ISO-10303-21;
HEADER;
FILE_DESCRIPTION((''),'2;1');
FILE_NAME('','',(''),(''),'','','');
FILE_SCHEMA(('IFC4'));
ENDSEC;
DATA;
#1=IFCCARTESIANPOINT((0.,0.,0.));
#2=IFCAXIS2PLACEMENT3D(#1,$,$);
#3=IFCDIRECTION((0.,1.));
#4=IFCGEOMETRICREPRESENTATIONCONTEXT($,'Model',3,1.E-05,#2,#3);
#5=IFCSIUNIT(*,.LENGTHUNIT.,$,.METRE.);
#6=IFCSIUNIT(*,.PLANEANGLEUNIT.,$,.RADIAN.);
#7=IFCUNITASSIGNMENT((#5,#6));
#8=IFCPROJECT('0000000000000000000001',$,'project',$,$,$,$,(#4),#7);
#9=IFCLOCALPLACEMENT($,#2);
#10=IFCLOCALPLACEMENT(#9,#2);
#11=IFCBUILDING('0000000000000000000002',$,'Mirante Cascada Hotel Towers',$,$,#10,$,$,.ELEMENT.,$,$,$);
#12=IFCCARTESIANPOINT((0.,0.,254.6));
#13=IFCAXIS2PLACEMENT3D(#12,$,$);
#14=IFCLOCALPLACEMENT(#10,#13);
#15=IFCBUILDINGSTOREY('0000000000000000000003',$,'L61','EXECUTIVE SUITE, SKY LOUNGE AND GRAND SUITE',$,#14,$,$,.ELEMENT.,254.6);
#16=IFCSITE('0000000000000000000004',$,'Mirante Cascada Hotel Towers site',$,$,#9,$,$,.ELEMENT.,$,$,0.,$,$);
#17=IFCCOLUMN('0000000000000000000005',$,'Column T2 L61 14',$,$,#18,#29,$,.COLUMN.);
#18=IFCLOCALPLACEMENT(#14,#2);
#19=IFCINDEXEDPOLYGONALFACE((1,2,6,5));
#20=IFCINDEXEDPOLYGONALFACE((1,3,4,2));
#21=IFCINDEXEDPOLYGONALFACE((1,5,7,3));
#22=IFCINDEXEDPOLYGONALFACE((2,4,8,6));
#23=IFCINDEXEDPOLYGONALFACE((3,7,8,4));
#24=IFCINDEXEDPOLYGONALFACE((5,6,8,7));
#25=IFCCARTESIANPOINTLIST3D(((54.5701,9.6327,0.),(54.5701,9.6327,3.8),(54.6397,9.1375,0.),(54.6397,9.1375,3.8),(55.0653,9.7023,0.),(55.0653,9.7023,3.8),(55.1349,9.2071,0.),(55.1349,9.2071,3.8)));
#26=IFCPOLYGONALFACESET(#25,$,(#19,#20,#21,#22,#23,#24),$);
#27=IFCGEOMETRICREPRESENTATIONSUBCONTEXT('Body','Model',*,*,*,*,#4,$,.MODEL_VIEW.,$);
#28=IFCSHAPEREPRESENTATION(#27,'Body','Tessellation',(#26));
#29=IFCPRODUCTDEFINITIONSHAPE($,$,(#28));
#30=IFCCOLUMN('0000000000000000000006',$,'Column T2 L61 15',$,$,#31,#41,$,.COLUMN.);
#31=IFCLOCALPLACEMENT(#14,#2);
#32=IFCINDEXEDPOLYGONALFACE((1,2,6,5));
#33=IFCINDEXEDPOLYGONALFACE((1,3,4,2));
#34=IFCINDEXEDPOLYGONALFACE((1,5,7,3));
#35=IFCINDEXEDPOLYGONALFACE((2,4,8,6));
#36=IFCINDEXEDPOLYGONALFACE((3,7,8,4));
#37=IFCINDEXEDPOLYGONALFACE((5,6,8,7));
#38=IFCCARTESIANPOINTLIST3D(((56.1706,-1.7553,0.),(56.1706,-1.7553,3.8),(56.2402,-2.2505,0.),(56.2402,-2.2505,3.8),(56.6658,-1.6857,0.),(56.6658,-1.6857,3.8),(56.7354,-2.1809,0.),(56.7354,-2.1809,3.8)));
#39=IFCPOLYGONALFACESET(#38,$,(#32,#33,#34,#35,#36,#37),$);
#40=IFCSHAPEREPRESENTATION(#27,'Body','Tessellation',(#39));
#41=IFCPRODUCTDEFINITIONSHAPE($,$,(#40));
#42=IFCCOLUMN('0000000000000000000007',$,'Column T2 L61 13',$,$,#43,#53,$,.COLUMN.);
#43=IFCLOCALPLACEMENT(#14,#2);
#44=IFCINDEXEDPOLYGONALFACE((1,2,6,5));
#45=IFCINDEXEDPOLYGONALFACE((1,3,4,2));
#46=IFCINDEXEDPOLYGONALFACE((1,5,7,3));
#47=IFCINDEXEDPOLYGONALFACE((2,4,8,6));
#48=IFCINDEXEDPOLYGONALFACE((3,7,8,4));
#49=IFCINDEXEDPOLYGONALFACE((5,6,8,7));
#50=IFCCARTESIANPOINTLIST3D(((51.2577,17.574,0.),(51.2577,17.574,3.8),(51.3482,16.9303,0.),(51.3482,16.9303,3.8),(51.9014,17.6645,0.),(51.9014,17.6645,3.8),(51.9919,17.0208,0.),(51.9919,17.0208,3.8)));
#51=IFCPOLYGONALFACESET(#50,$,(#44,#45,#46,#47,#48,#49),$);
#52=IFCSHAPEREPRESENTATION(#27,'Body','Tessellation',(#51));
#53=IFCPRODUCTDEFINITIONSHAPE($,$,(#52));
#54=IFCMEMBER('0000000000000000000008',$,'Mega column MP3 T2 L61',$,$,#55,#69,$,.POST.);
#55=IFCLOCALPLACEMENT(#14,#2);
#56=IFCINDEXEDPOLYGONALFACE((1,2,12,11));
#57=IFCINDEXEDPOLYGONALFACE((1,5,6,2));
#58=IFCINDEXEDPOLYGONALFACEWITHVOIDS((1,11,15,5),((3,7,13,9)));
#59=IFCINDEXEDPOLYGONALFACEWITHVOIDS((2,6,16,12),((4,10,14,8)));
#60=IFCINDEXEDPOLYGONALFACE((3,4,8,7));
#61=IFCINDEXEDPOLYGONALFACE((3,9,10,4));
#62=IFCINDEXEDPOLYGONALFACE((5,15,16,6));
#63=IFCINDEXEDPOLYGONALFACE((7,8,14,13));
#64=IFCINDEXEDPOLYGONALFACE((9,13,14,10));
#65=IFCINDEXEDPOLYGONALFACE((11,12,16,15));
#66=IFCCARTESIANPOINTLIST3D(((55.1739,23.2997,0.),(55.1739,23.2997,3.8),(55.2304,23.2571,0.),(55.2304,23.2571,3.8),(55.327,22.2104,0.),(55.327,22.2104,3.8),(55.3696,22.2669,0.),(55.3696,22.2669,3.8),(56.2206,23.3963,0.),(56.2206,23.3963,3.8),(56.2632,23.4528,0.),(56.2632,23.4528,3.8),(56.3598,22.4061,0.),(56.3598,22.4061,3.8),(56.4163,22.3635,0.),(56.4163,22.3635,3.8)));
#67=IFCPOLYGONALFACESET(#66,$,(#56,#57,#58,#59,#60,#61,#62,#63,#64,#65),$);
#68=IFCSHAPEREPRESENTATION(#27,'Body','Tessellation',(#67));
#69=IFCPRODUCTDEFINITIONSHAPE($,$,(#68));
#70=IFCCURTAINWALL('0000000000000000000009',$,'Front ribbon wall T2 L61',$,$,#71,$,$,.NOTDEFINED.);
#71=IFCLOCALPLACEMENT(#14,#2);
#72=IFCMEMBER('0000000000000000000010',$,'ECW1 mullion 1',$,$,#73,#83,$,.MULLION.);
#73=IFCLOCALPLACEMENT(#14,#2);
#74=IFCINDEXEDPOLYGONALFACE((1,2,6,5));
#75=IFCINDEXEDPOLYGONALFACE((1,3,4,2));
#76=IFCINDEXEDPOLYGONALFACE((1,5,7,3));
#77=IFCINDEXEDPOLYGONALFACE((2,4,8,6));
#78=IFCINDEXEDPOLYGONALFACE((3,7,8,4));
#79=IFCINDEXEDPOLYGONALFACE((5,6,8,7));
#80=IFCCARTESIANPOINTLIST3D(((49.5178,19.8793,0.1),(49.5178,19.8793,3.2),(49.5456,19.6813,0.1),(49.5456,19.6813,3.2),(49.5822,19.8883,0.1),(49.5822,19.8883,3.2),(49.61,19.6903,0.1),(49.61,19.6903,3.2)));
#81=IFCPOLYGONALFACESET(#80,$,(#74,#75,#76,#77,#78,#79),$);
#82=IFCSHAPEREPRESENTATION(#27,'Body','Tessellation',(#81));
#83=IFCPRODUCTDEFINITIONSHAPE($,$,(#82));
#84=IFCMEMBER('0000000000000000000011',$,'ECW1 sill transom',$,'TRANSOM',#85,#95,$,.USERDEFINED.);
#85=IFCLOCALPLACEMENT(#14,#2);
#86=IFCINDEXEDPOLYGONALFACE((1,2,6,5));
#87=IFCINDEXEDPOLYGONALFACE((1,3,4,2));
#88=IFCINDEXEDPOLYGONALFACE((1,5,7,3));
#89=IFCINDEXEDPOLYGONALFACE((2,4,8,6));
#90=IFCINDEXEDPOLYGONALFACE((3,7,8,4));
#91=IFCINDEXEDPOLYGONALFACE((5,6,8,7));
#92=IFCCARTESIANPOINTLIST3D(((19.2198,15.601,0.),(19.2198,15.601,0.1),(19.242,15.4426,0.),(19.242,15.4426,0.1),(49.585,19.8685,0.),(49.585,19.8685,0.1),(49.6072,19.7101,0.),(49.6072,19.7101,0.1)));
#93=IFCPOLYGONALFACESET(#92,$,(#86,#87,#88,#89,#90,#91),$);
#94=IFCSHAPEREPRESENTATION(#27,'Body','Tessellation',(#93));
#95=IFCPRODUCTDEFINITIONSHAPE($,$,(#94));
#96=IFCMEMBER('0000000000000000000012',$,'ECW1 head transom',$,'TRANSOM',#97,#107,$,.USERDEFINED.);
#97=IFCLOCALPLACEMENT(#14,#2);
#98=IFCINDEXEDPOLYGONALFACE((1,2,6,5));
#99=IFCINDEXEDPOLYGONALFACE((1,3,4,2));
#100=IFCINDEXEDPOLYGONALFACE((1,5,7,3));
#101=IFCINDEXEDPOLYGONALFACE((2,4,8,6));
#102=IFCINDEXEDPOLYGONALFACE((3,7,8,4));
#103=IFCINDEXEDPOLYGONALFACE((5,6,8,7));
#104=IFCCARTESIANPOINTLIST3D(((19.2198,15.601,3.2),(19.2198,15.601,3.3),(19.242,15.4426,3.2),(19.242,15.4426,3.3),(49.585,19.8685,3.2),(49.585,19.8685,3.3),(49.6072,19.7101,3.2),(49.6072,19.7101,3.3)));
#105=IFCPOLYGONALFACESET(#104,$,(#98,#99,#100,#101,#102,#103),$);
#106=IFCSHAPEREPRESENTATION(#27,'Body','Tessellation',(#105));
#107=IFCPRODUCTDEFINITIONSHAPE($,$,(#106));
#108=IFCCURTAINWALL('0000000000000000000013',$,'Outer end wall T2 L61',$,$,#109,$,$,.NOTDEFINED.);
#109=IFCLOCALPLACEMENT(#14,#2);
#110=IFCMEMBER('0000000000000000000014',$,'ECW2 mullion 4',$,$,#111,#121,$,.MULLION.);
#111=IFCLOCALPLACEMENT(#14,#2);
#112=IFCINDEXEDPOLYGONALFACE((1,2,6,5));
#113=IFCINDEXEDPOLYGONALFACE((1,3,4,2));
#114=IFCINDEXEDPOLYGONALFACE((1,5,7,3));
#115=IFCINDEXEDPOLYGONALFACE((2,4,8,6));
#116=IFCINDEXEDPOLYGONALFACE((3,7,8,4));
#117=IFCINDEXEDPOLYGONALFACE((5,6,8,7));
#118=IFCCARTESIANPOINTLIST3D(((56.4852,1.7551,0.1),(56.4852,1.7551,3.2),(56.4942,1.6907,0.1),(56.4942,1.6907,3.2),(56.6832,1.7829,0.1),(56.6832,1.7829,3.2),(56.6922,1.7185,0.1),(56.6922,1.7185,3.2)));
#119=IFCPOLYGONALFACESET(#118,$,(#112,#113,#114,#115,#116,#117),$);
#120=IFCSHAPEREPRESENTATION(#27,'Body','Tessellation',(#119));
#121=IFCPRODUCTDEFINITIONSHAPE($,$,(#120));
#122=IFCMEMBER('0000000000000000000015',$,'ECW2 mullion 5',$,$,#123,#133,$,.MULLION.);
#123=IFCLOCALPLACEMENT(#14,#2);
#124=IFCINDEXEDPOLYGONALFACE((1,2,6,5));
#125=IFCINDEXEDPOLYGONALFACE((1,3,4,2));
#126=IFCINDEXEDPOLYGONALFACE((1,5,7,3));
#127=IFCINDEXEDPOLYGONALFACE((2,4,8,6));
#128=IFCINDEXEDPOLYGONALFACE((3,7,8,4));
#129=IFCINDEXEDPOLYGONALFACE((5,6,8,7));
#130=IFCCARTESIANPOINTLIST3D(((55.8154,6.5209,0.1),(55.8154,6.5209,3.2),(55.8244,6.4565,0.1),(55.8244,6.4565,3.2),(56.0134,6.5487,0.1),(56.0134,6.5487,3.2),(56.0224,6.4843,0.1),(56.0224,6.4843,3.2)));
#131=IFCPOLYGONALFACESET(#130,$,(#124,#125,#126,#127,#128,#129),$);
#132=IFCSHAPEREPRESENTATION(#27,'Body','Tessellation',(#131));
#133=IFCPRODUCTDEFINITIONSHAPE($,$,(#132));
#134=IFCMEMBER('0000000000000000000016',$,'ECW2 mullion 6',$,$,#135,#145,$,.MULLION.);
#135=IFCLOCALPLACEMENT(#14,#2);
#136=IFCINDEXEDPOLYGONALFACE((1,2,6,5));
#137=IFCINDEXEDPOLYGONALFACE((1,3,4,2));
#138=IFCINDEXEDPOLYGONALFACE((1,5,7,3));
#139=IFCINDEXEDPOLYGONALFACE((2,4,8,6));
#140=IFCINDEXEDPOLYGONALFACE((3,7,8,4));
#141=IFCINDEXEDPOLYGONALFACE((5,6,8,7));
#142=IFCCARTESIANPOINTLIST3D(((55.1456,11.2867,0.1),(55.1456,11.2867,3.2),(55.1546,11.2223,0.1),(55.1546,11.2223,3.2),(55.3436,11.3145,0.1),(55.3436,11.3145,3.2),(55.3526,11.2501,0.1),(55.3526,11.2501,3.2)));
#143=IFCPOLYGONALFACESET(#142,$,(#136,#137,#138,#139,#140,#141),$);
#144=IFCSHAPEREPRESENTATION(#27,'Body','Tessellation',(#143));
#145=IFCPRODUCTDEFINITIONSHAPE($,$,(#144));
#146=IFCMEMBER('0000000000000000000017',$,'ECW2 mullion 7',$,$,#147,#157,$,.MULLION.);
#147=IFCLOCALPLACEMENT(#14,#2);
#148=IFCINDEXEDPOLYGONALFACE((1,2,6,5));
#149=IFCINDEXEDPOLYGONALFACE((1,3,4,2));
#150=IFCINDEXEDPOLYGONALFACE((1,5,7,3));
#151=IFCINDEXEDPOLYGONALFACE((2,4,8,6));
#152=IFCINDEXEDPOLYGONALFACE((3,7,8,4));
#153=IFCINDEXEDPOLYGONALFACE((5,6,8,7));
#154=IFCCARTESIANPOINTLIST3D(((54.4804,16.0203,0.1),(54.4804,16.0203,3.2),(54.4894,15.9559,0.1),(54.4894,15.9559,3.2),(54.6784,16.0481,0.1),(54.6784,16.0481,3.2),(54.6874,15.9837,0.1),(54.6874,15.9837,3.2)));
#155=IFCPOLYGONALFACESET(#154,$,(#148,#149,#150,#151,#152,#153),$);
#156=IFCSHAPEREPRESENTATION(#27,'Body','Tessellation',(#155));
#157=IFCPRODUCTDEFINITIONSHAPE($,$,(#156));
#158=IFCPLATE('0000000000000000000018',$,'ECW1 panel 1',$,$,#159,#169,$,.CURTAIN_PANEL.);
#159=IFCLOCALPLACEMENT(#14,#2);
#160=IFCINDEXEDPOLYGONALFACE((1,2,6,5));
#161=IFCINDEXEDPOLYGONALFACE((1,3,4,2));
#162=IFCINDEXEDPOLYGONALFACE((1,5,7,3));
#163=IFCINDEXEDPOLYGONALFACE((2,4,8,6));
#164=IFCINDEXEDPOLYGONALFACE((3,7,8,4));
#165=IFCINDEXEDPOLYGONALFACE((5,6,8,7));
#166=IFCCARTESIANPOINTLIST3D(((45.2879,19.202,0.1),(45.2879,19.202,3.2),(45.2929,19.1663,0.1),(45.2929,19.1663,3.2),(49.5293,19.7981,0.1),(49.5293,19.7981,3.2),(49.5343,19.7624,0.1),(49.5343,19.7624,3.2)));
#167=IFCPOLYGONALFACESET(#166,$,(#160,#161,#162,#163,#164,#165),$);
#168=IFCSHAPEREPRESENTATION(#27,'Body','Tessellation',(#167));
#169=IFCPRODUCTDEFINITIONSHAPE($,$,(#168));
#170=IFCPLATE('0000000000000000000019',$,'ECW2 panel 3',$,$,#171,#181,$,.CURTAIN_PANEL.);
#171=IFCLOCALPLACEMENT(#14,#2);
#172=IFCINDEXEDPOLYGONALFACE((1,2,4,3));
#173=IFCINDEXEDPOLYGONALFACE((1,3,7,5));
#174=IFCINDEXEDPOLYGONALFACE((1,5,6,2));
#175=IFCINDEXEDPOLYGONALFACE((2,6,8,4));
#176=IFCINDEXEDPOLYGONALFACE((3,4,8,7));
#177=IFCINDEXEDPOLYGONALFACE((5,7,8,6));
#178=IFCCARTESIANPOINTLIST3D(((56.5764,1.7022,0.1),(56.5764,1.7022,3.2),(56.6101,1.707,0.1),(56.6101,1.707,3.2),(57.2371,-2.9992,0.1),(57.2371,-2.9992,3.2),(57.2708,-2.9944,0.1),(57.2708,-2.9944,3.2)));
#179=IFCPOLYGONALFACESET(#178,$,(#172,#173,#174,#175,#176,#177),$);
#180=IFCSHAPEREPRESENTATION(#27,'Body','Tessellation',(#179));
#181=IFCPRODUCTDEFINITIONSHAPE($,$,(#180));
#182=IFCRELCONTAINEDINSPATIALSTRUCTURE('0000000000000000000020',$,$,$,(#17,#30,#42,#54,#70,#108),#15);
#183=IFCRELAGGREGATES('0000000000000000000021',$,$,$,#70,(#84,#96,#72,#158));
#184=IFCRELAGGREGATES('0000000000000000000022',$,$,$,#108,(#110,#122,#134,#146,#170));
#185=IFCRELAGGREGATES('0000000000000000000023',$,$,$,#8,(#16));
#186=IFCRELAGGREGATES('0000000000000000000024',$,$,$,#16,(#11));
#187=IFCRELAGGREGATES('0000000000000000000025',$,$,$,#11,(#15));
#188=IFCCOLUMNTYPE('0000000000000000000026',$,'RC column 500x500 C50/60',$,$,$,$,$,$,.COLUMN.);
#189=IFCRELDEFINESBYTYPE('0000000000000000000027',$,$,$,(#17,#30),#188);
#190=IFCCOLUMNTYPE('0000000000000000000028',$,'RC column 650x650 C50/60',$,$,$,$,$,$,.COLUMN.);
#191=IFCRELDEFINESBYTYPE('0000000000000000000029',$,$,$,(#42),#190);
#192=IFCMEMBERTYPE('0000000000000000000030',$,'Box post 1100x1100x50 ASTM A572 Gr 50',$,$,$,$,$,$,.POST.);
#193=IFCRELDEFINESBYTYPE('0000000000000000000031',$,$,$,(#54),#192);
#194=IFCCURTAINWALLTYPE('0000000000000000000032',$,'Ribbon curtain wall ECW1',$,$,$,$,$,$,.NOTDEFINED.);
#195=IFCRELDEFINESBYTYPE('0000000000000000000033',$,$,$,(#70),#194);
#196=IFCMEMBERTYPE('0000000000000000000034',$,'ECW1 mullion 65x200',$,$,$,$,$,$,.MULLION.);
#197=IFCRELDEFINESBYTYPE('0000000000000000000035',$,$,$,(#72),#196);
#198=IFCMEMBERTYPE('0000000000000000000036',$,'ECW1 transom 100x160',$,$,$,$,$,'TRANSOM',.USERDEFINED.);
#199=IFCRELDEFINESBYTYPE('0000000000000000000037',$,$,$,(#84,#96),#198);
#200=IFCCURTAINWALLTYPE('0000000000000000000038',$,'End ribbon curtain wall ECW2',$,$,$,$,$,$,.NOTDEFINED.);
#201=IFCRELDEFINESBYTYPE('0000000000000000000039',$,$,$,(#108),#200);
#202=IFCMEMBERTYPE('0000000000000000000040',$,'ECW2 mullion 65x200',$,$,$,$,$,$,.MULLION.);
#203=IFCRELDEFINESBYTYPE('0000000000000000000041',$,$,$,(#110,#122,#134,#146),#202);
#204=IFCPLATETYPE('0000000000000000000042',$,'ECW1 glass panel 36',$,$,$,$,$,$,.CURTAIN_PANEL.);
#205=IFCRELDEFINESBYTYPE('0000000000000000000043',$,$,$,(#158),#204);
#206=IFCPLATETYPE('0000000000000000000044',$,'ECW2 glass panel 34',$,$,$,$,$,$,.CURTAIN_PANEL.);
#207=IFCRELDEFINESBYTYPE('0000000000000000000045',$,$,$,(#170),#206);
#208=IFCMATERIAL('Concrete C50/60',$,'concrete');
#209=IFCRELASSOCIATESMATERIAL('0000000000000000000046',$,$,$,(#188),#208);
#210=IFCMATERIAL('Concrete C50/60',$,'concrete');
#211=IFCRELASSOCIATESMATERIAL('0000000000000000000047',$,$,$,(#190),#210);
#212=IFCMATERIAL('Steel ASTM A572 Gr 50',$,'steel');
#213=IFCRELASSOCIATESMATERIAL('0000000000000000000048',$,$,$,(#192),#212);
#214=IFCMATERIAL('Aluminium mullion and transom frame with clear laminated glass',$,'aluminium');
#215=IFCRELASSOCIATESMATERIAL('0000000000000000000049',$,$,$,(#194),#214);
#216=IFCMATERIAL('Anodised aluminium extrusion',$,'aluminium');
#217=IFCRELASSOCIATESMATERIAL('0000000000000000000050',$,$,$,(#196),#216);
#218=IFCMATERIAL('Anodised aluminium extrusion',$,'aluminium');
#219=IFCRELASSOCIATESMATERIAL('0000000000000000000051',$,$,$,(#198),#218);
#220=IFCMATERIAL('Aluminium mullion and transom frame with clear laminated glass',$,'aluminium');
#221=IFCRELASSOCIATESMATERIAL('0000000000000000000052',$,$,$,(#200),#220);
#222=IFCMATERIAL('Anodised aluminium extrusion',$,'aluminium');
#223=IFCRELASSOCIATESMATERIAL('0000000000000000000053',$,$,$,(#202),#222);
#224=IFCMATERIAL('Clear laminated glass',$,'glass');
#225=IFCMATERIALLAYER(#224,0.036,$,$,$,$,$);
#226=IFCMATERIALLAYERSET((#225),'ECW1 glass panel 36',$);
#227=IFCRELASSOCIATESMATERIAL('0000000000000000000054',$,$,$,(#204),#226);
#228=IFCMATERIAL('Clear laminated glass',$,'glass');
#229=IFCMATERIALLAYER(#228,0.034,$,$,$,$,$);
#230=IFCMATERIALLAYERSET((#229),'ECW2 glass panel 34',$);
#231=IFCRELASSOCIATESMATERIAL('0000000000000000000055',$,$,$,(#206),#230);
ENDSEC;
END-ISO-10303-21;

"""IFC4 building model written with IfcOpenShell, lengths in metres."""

from ifc_helpers import new_model, si_unit, direction, frame, origin, origin_2d, place, context, subcontext, project, spatial, rectangle, hollow_rectangle, extrude, material, layer, layer_set, material_profile, profile_set, type_object, element, aggregate, save


model = new_model("IFC4")

# Units and contexts
model_context = context("Model", 3, precision=1e-05, world=origin(), true_north=direction((0.0, 1.0)))
body_context = subcontext(model_context, "Body", "Model", "MODEL_VIEW")
ifc_project = project(units=[si_unit("LENGTHUNIT", "METRE"), si_unit("PLANEANGLEUNIT", "RADIAN")], contexts=[model_context])

# Site, building, storey
site_placement = place(None, origin())
site = spatial("IfcSite", under=ifc_project, at=site_placement, Name="Mirante Cascada Hotel Towers site", CompositionType="ELEMENT", RefElevation=0.0)
building_placement = place(site_placement, origin())
building = spatial("IfcBuilding", under=site, at=building_placement, Name="Mirante Cascada Hotel Towers", CompositionType="ELEMENT")
storey_placement = place(building_placement, frame((0.0, 0.0, 254.6)))
storey = spatial("IfcBuildingStorey", under=building, at=storey_placement, Name="L61", Description="EXECUTIVE SUITE, SKY LOUNGE AND GRAND SUITE", CompositionType="ELEMENT", Elevation=254.6)

# Columns
ifc_material_1 = material(Name="Concrete C50/60", Category="concrete")
ifc_material_profile_1 = material_profile(ifc_material_1, rectangle(XDim=0.5, YDim=0.5, at=origin_2d()), Name="RC column 500x500 C50/60")
ifc_profile_set_1 = profile_set([ifc_material_profile_1], Name="Concrete C50/60")
column_type_1 = type_object("IfcColumnType", Name="RC column 500x500 C50/60", PredefinedType="COLUMN", material=ifc_profile_set_1)
for number, where, z_axis, x_axis, name in (
    (1, (54.8525, 9.4199, 0.0), (0.0, 0.0, 1.0), (0.990268, 0.139173, 0.0), "Column T2 L61 14"),
    (2, (56.453, -1.9681, 0.0), (0.0, 0.0, 1.0), (0.990268, 0.139173, 0.0), "Column T2 L61 15"),
):
    element("IfcColumn", number, at=place(storey_placement, frame(where, z_axis=z_axis, x_axis=x_axis)), inside=storey, type_object=column_type_1, Name=name, PredefinedType="COLUMN", context=body_context, shape_type="SweptSolid", body=[
        extrude(rectangle(XDim=0.5, YDim=0.5, at=origin_2d()), origin(), (0.0, 0.0, 1.0), 3.8),
    ])
ifc_material_2 = material(Name="Concrete C50/60", Category="concrete")
ifc_material_profile_2 = material_profile(ifc_material_2, rectangle(XDim=0.65, YDim=0.65, at=origin_2d()), Name="RC column 650x650 C50/60")
ifc_profile_set_2 = profile_set([ifc_material_profile_2], Name="Concrete C50/60")
column_type_2 = type_object("IfcColumnType", Name="RC column 650x650 C50/60", PredefinedType="COLUMN", material=ifc_profile_set_2)
column_placement = place(storey_placement, frame((51.6248, 17.2974, 0.0), z_axis=(0.0, 0.0, 1.0), x_axis=(0.990268, 0.139173, 0.0)))
element("IfcColumn", 3, at=column_placement, inside=storey, type_object=column_type_2, Name="Column T2 L61 13", PredefinedType="COLUMN", context=body_context, shape_type="SweptSolid", body=[
    extrude(rectangle(XDim=0.65, YDim=0.65, at=origin_2d()), origin(), (0.0, 0.0, 1.0), 3.8),
])

# Member
ifc_material_3 = material(Name="Steel ASTM A572 Gr 50", Category="steel")
ifc_material_profile_3 = material_profile(ifc_material_3, hollow_rectangle(XDim=1.1, YDim=1.1, WallThickness=0.05, at=origin_2d()), Name="Box post 1100x1100x50 ASTM A572 Gr 50")
ifc_profile_set_3 = profile_set([ifc_material_profile_3], Name="Steel ASTM A572 Gr 50")
member_type_1 = type_object("IfcMemberType", Name="Box post 1100x1100x50 ASTM A572 Gr 50", PredefinedType="POST", material=ifc_profile_set_3)
member_1_placement = place(storey_placement, frame((55.7951, 22.8316, 0.0), z_axis=(0.0, 0.0, 1.0), x_axis=(0.990268, 0.139173, 0.0)))
element("IfcMember", 4, at=member_1_placement, inside=storey, type_object=member_type_1, Name="Mega column MP3 T2 L61", PredefinedType="POST", context=body_context, shape_type="SweptSolid", body=[
    extrude(hollow_rectangle(XDim=1.1, YDim=1.1, WallThickness=0.05, at=origin_2d()), origin(), (0.0, 0.0, 1.0), 3.8),
])

# Curtain walls, members
ifc_material_4 = material(Name="Aluminium mullion and transom frame with clear laminated glass", Category="aluminium")
curtain_wall_type_1 = type_object("IfcCurtainWallType", Name="Ribbon curtain wall ECW1", PredefinedType="NOTDEFINED", material=ifc_material_4)
curtain_wall_1_placement = place(storey_placement, origin())
curtain_wall_1 = element("IfcCurtainWall", 5, at=curtain_wall_1_placement, inside=storey, type_object=curtain_wall_type_1, Name="Front ribbon wall T2 L61", PredefinedType="NOTDEFINED")
ifc_material_5 = material(Name="Anodised aluminium extrusion", Category="aluminium")
ifc_material_profile_4 = material_profile(ifc_material_5, rectangle(XDim=0.2, YDim=0.065, at=origin_2d()), Name="ECW1 MULLION 65x200")
ifc_profile_set_4 = profile_set([ifc_material_profile_4], Name="Anodised aluminium extrusion")
member_type_2 = type_object("IfcMemberType", Name="ECW1 mullion 65x200", PredefinedType="MULLION", material=ifc_profile_set_4)
member_2_placement = place(storey_placement, frame((49.5639, 19.7848, 0.1), z_axis=(0.0, 0.0, 1.0), x_axis=(0.139173, -0.990268, 0.0)))
member_2 = element("IfcMember", 6, at=member_2_placement, type_object=member_type_2, Name="ECW1 mullion 1", PredefinedType="MULLION", context=body_context, shape_type="SweptSolid", body=[
    extrude(rectangle(XDim=0.2, YDim=0.065, at=origin_2d()), origin(), (0.0, 0.0, 1.0), 3.1),
])
ifc_material_6 = material(Name="Anodised aluminium extrusion", Category="aluminium")
ifc_material_profile_5 = material_profile(ifc_material_6, rectangle(XDim=0.16, YDim=0.1, at=origin_2d()), Name="ECW1 TRANSOM 100x160")
ifc_profile_set_5 = profile_set([ifc_material_profile_5], Name="Anodised aluminium extrusion")
member_type_3 = type_object("IfcMemberType", Name="ECW1 transom 100x160", ElementType="TRANSOM", PredefinedType="USERDEFINED", material=ifc_profile_set_5)
member_3_placement = place(storey_placement, frame((49.5961, 19.7893, 0.05), z_axis=(-0.990268, -0.139172, 0.0), x_axis=(0.139172, -0.990268, 0.0)))
member_3 = element("IfcMember", 7, at=member_3_placement, type_object=member_type_3, Name="ECW1 sill transom", ObjectType="TRANSOM", PredefinedType="USERDEFINED", context=body_context, shape_type="SweptSolid", body=[
    extrude(rectangle(XDim=0.16, YDim=0.1, at=origin_2d()), origin(), (0.0, 0.0, 1.0), 30.6636),
])
member_4_placement = place(storey_placement, frame((49.5961, 19.7893, 3.25), z_axis=(-0.990268, -0.139172, 0.0), x_axis=(0.139172, -0.990268, 0.0)))
member_4 = element("IfcMember", 8, at=member_4_placement, type_object=member_type_3, Name="ECW1 head transom", ObjectType="TRANSOM", PredefinedType="USERDEFINED", context=body_context, shape_type="SweptSolid", body=[
    extrude(rectangle(XDim=0.16, YDim=0.1, at=origin_2d()), origin(), (0.0, 0.0, 1.0), 30.6636),
])
ifc_material_7 = material(Name="Aluminium mullion and transom frame with clear laminated glass", Category="aluminium")
curtain_wall_type_2 = type_object("IfcCurtainWallType", Name="End ribbon curtain wall ECW2", PredefinedType="NOTDEFINED", material=ifc_material_7)
curtain_wall_2_placement = place(storey_placement, origin())
curtain_wall_2 = element("IfcCurtainWall", 9, at=curtain_wall_2_placement, inside=storey, type_object=curtain_wall_type_2, Name="Outer end wall T2 L61", PredefinedType="NOTDEFINED")
ifc_material_8 = material(Name="Anodised aluminium extrusion", Category="aluminium")
ifc_material_profile_6 = material_profile(ifc_material_8, rectangle(XDim=0.2, YDim=0.065, at=origin_2d()), Name="ECW2 MULLION 65x200")
ifc_profile_set_6 = profile_set([ifc_material_profile_6], Name="Anodised aluminium extrusion")
member_type_4 = type_object("IfcMemberType", Name="ECW2 mullion 65x200", PredefinedType="MULLION", material=ifc_profile_set_6)
member_5_placement = place(storey_placement, frame((56.5887, 1.7368, 0.1), z_axis=(0.0, 0.0, 1.0), x_axis=(-0.990268, -0.139173, 0.0)))
member_5 = element("IfcMember", 10, at=member_5_placement, type_object=member_type_4, Name="ECW2 mullion 4", PredefinedType="MULLION", context=body_context, shape_type="SweptSolid", body=[
    extrude(rectangle(XDim=0.2, YDim=0.065, at=origin_2d()), origin(), (0.0, 0.0, 1.0), 3.1),
])
member_6_placement = place(storey_placement, frame((55.9189, 6.5026, 0.1), z_axis=(0.0, 0.0, 1.0), x_axis=(-0.990268, -0.139173, 0.0)))
member_6 = element("IfcMember", 11, at=member_6_placement, type_object=member_type_4, Name="ECW2 mullion 5", PredefinedType="MULLION", context=body_context, shape_type="SweptSolid", body=[
    extrude(rectangle(XDim=0.2, YDim=0.065, at=origin_2d()), origin(), (0.0, 0.0, 1.0), 3.1),
])
member_7_placement = place(storey_placement, frame((55.2491, 11.2684, 0.1), z_axis=(0.0, 0.0, 1.0), x_axis=(-0.990268, -0.139173, 0.0)))
member_7 = element("IfcMember", 12, at=member_7_placement, type_object=member_type_4, Name="ECW2 mullion 6", PredefinedType="MULLION", context=body_context, shape_type="SweptSolid", body=[
    extrude(rectangle(XDim=0.2, YDim=0.065, at=origin_2d()), origin(), (0.0, 0.0, 1.0), 3.1),
])
member_8_placement = place(storey_placement, frame((54.5839, 16.002, 0.1), z_axis=(0.0, 0.0, 1.0), x_axis=(-0.990268, -0.139173, 0.0)))
member_8 = element("IfcMember", 13, at=member_8_placement, type_object=member_type_4, Name="ECW2 mullion 7", PredefinedType="MULLION", context=body_context, shape_type="SweptSolid", body=[
    extrude(rectangle(XDim=0.2, YDim=0.065, at=origin_2d()), origin(), (0.0, 0.0, 1.0), 3.1),
])

# Plates
ifc_material_9 = material(Name="Clear laminated glass", Category="glass")
ifc_layer_1 = layer(ifc_material_9, 0.036)
ifc_layer_set_1 = layer_set([ifc_layer_1], Name="ECW1 glass panel 36")
plate_type_1 = type_object("IfcPlateType", Name="ECW1 glass panel 36", PredefinedType="CURTAIN_PANEL", material=ifc_layer_set_1)
plate_1_placement = place(storey_placement, frame((47.4111, 19.4822, 0.1), z_axis=(0.0, 0.0, 1.0), x_axis=(-0.990268, -0.139173, 0.0)))
plate_1 = element("IfcPlate", 14, at=plate_1_placement, type_object=plate_type_1, Name="ECW1 panel 1", PredefinedType="CURTAIN_PANEL", context=body_context, shape_type="SweptSolid", body=[
    extrude(rectangle(XDim=4.283, YDim=0.036, at=origin_2d()), origin(), (0.0, 0.0, 1.0), 3.1),
])
aggregate(curtain_wall_1, [member_3, member_4, member_2, plate_1])
ifc_material_10 = material(Name="Clear laminated glass", Category="glass")
ifc_layer_2 = layer(ifc_material_10, 0.034)
ifc_layer_set_2 = layer_set([ifc_layer_2], Name="ECW2 glass panel 34")
plate_type_2 = type_object("IfcPlateType", Name="ECW2 glass panel 34", PredefinedType="CURTAIN_PANEL", material=ifc_layer_set_2)
plate_2_placement = place(storey_placement, frame((56.9236, -0.6461, 0.1), z_axis=(0.0, 0.0, 1.0), x_axis=(-0.139173, 0.990268, 0.0)))
plate_2 = element("IfcPlate", 15, at=plate_2_placement, type_object=plate_type_2, Name="ECW2 panel 3", PredefinedType="CURTAIN_PANEL", context=body_context, shape_type="SweptSolid", body=[
    extrude(rectangle(XDim=4.7476, YDim=0.034, at=origin_2d()), origin(), (0.0, 0.0, 1.0), 3.1),
])
aggregate(curtain_wall_2, [member_5, member_6, member_7, member_8, plate_2])

save(model, "model.ifc")
